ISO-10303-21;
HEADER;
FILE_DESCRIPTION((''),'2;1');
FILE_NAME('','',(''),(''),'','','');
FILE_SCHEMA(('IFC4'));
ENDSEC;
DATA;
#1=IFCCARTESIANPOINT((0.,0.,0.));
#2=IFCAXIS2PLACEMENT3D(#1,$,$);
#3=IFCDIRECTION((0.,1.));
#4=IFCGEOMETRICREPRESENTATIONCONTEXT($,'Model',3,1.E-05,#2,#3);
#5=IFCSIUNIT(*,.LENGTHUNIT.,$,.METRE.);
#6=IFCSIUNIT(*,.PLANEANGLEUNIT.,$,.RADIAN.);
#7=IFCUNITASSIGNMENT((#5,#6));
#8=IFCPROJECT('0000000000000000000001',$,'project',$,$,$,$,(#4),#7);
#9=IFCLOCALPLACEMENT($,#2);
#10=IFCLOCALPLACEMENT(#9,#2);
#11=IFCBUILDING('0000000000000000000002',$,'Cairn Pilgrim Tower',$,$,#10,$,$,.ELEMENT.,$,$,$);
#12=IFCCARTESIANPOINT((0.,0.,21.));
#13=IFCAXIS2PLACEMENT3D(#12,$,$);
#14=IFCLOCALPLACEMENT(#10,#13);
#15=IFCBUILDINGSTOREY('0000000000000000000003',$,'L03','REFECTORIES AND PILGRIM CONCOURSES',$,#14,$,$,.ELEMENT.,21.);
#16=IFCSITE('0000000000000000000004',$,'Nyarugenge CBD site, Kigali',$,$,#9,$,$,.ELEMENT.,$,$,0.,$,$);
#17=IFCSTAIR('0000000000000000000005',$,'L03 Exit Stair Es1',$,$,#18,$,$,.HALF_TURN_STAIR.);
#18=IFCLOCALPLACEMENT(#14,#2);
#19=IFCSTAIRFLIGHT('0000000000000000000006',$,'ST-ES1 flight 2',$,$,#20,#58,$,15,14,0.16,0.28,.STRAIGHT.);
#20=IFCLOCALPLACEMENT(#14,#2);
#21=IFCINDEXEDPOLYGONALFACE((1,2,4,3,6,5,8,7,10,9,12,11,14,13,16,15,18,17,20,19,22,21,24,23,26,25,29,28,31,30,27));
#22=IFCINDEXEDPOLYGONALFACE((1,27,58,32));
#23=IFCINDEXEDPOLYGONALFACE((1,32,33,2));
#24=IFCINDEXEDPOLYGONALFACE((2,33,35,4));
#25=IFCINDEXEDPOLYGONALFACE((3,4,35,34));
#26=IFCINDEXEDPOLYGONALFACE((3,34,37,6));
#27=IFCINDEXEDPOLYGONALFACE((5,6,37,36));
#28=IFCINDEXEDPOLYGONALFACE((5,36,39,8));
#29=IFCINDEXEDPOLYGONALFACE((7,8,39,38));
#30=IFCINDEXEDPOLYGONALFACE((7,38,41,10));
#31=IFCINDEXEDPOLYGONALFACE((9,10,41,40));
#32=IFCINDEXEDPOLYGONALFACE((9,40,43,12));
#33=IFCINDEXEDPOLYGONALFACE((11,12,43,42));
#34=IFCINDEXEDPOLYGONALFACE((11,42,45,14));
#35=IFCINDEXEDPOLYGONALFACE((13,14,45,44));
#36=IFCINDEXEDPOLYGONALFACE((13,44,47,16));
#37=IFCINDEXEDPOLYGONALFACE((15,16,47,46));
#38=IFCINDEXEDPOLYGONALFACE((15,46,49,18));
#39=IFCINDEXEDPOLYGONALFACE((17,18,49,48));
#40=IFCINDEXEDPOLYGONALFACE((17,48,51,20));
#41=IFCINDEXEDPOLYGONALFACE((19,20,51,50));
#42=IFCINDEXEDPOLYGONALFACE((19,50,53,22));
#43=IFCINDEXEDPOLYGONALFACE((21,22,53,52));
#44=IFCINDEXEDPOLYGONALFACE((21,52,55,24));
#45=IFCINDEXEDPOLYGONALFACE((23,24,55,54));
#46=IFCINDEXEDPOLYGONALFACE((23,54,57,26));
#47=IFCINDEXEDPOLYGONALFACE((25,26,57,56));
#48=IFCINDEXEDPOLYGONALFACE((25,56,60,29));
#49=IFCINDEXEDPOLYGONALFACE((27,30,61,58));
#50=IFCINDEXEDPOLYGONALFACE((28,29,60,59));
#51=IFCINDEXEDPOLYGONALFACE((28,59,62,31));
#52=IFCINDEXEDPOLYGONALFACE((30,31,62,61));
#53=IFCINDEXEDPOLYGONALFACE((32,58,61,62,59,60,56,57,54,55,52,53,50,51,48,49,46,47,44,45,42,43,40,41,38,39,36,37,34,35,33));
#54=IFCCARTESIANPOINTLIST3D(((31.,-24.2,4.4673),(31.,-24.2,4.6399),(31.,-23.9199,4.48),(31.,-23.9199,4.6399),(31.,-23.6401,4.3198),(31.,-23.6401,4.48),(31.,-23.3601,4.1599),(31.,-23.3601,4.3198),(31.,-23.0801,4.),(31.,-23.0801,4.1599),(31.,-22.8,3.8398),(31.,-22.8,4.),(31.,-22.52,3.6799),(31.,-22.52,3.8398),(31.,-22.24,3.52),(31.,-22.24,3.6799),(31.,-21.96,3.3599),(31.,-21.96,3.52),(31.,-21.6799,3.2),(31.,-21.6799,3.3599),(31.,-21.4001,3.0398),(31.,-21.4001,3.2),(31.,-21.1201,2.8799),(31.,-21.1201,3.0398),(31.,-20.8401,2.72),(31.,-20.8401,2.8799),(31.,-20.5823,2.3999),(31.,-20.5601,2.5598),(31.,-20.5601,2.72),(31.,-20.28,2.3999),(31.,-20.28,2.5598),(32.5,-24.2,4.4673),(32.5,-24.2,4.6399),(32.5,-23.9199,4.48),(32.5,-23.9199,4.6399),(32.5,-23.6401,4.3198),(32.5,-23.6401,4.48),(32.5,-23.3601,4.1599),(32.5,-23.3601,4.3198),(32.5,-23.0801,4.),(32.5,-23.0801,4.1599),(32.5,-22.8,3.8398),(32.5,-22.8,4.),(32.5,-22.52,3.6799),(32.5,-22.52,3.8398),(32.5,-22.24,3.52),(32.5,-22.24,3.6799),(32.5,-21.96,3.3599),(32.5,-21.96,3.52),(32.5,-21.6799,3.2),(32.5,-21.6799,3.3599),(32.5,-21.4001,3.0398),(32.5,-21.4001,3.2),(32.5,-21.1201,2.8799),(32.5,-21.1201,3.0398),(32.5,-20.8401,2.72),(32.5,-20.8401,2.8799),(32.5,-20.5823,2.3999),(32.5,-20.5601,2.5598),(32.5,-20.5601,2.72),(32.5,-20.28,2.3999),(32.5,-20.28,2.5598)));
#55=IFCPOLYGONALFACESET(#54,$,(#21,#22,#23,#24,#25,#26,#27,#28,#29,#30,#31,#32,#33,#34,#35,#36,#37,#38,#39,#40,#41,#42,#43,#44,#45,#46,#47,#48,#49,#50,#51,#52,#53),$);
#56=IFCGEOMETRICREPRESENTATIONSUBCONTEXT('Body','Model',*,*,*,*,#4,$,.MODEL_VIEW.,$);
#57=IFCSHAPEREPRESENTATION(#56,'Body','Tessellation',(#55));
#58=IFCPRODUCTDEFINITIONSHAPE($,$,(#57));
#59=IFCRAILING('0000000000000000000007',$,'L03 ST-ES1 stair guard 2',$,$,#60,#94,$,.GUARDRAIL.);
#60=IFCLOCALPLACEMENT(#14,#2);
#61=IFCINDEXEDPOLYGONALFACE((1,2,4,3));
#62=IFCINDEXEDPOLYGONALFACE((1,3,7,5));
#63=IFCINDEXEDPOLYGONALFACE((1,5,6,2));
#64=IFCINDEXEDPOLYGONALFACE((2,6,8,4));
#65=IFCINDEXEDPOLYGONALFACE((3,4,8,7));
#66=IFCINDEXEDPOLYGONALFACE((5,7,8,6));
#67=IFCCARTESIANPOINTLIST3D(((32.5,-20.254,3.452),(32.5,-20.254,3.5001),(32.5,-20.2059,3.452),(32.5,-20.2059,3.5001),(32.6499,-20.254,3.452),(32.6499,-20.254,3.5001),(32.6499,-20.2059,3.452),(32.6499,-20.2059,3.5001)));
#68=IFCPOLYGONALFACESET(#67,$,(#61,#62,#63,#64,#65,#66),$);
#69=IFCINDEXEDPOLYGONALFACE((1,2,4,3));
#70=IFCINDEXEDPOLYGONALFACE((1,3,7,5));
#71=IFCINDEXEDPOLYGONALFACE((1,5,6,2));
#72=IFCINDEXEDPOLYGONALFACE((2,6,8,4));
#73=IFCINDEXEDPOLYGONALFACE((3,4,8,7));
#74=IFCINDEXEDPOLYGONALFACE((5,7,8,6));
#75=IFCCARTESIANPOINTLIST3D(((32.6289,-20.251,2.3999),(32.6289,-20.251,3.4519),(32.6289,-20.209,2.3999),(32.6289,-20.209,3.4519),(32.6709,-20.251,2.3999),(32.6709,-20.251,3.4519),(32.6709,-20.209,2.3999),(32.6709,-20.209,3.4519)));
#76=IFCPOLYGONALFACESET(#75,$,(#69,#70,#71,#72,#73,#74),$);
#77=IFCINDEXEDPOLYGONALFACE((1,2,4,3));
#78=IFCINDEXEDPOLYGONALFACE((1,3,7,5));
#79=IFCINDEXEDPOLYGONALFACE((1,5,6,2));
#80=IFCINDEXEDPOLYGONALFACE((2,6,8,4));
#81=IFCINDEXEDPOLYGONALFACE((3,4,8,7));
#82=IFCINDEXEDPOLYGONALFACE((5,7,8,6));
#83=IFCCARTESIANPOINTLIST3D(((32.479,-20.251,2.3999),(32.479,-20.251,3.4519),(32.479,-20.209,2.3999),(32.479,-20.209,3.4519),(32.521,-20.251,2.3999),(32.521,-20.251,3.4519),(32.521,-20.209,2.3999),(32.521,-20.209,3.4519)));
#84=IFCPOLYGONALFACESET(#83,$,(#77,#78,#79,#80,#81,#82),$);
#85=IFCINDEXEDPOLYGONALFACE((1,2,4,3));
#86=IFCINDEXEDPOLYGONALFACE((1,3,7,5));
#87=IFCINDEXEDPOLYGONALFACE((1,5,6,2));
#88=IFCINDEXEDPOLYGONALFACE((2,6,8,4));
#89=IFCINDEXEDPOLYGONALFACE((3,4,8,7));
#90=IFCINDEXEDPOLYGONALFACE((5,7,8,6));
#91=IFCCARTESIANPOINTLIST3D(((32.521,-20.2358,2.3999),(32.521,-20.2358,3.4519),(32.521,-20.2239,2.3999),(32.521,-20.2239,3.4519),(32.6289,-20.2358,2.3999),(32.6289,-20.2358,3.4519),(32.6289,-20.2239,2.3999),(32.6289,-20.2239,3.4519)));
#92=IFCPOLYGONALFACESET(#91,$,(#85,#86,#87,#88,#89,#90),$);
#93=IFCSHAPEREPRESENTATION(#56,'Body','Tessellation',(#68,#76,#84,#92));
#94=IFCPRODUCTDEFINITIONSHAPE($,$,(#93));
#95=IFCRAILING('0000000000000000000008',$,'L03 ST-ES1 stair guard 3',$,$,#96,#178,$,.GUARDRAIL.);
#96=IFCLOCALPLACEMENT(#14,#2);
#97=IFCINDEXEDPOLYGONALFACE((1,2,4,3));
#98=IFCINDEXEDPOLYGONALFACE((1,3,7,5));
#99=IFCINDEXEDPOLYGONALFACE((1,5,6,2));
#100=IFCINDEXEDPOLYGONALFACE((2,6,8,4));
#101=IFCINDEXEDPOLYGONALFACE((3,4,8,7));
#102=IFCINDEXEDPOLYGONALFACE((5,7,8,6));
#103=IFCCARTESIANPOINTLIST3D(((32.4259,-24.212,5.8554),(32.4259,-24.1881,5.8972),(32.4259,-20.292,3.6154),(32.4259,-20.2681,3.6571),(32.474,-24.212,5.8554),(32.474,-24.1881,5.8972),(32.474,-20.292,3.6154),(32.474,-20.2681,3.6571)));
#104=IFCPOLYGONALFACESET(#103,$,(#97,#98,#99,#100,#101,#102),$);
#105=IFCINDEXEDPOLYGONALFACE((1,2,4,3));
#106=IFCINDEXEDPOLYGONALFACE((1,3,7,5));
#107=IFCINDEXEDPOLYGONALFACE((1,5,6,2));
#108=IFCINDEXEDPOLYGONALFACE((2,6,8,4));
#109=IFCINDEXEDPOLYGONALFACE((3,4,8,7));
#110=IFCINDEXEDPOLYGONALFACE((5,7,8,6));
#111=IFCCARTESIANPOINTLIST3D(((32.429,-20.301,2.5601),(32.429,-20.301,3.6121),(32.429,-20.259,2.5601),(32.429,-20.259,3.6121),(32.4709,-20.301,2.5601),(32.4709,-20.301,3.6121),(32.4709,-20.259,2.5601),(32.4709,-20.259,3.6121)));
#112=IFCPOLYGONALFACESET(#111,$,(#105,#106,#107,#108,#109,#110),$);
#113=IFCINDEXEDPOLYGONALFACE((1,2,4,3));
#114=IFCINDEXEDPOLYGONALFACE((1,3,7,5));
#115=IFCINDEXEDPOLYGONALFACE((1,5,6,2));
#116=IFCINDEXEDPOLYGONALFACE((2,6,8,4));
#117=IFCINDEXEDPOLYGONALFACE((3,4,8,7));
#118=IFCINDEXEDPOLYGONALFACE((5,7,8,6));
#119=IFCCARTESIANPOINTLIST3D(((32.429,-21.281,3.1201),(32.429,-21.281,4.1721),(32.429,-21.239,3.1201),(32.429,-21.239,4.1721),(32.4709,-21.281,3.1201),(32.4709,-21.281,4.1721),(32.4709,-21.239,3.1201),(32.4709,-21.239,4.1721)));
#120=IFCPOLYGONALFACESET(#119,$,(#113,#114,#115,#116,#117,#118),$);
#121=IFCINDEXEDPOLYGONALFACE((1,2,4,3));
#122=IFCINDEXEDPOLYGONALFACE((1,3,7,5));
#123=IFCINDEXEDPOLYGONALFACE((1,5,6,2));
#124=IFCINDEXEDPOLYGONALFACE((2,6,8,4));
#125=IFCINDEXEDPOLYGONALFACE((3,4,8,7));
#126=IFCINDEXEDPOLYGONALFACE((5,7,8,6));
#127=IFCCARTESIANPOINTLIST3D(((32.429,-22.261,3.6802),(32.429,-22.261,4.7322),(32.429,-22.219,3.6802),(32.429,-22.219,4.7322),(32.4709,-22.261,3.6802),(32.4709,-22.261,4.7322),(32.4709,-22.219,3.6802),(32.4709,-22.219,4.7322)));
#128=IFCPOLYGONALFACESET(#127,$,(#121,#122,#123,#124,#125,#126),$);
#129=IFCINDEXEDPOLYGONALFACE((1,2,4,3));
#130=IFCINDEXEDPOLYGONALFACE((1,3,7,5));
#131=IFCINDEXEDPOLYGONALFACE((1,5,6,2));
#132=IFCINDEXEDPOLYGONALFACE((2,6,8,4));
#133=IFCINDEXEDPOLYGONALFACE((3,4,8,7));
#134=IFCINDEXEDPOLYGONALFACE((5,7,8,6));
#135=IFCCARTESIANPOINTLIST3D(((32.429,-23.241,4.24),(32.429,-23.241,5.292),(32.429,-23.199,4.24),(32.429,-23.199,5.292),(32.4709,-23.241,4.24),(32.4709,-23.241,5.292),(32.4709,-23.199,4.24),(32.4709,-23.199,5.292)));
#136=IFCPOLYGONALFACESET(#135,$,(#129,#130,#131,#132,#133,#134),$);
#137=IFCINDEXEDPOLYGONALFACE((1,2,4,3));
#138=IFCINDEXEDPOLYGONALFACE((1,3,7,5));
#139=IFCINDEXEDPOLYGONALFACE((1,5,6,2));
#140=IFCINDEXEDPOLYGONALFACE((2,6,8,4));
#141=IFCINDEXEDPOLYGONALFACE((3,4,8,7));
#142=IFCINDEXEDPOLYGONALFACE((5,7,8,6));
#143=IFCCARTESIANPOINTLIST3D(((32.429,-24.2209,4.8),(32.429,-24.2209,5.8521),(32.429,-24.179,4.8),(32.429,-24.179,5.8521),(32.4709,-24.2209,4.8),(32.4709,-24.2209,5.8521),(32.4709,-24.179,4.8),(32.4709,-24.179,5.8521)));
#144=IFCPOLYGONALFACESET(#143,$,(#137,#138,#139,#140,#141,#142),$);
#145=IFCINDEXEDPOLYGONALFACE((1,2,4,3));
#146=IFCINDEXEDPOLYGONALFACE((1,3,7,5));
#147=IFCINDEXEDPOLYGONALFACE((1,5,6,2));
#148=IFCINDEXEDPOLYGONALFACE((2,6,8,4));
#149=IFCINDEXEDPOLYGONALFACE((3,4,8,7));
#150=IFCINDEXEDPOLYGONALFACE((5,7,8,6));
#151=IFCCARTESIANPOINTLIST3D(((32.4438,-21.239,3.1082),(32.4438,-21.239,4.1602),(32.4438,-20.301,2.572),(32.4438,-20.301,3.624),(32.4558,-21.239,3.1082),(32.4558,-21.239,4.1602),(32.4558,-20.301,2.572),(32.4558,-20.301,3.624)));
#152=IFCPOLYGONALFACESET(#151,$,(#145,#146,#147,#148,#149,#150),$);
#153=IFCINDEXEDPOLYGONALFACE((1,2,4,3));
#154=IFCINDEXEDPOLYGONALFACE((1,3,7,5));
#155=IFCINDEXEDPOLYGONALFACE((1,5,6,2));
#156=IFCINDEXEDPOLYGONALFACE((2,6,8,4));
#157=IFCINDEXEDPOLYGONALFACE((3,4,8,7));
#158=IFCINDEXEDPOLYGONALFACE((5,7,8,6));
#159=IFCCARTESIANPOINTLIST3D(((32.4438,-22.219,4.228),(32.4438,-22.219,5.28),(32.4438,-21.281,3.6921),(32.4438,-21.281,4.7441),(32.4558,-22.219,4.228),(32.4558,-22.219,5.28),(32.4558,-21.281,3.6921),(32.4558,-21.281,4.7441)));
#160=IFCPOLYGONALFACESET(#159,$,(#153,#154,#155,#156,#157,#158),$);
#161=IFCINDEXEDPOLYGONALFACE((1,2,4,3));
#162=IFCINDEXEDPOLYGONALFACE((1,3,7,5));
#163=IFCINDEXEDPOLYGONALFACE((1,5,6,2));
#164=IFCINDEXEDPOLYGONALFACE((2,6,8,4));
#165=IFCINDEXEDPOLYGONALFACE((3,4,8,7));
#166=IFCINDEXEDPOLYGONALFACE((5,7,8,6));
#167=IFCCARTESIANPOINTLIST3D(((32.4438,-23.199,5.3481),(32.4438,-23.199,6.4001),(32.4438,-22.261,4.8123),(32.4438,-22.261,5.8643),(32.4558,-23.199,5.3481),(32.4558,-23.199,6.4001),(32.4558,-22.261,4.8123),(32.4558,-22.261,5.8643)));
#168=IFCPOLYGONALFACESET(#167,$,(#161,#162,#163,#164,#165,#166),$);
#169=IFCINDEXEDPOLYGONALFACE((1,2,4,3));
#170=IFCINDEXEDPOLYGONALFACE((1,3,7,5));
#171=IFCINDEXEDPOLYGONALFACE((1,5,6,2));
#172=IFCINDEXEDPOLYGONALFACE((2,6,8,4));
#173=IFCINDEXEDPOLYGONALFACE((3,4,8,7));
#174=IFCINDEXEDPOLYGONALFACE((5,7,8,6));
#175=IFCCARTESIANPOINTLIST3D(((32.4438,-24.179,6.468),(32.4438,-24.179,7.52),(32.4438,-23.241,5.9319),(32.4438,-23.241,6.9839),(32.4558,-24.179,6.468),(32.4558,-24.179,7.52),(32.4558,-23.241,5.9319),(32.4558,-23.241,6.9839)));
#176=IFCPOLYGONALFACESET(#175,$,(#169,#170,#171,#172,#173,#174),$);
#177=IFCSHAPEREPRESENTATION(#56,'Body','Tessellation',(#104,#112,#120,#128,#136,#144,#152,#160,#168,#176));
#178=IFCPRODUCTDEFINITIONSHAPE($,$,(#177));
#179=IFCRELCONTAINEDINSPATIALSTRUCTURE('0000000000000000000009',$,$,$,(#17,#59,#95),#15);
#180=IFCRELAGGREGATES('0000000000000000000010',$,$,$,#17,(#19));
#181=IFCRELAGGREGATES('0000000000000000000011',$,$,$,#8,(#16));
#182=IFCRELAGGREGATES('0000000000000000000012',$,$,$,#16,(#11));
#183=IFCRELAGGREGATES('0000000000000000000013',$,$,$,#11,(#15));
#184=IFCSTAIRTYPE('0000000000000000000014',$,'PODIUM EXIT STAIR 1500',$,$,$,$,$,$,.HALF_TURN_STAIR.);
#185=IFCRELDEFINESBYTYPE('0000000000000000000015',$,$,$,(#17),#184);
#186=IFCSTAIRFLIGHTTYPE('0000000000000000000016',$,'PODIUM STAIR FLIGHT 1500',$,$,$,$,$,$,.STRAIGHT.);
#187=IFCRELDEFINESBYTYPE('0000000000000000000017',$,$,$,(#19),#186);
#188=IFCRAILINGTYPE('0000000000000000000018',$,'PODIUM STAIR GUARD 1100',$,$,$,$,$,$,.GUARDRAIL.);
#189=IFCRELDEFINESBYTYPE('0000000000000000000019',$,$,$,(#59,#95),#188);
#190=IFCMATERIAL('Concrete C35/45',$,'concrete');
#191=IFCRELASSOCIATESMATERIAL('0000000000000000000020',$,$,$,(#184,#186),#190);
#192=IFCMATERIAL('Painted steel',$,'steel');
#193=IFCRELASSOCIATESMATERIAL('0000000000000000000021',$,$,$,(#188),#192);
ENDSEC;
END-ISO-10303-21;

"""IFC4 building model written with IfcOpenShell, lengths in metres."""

from ifc_helpers import new_model, si_unit, direction, frame, origin, origin_2d, place, context, subcontext, project, spatial, polyline, rectangle, outline, extrude, material, type_object, element, aggregate, save


model = new_model("IFC4")

# Units and contexts
model_context = context("Model", 3, precision=1e-05, world=origin(), true_north=direction((0.0, 1.0)))
body_context = subcontext(model_context, "Body", "Model", "MODEL_VIEW")
ifc_project = project(units=[si_unit("LENGTHUNIT", "METRE"), si_unit("PLANEANGLEUNIT", "RADIAN")], contexts=[model_context])

# Site, building, storey
site_placement = place(None, origin())
site = spatial("IfcSite", under=ifc_project, at=site_placement, Name="Nyarugenge CBD site, Kigali", CompositionType="ELEMENT", RefElevation=0.0)
building_placement = place(site_placement, origin())
building = spatial("IfcBuilding", under=site, at=building_placement, Name="Cairn Pilgrim Tower", CompositionType="ELEMENT")
storey_placement = place(building_placement, frame((0.0, 0.0, 21.0)))
storey = spatial("IfcBuildingStorey", under=building, at=storey_placement, Name="L03", Description="REFECTORIES AND PILGRIM CONCOURSES", CompositionType="ELEMENT", Elevation=21.0)

# Shared definitions
ifc_material_1 = material(Name="Concrete C35/45", Category="concrete")

# Stair, stair flight
stair_type = type_object("IfcStairType", Name="PODIUM EXIT STAIR 1500", PredefinedType="HALF_TURN_STAIR", material=ifc_material_1)
stair_placement = place(storey_placement, origin())
stair = element("IfcStair", 1, at=stair_placement, inside=storey, type_object=stair_type, Name="L03 Exit Stair Es1", PredefinedType="HALF_TURN_STAIR")
stair_flight_type = type_object("IfcStairFlightType", Name="PODIUM STAIR FLIGHT 1500", PredefinedType="STRAIGHT", material=ifc_material_1)
stair_flight_placement = place(storey_placement, frame((31.75, -20.28, 2.3999), z_axis=(0.0, 0.0, 1.0), x_axis=(0.0, -1.0, 0.0)))
stair_flight = element("IfcStairFlight", 2, at=stair_flight_placement, type_object=stair_flight_type, Name="ST-ES1 flight 2", NumberOfRisers=15, NumberOfTreads=14, PredefinedType="STRAIGHT", RiserHeight=0.16, TreadLength=0.28, context=body_context, shape_type="SweptSolid", body=[
    extrude(outline(polyline([(0.0, 0.0), (0.0, 0.1599), (0.28, 0.1599), (0.28, 0.3201), (0.5601, 0.3201), (0.5601, 0.48), (0.8401, 0.48), (0.8401, 0.6399), (1.1201, 0.6399), (1.1201, 0.8), (1.3999, 0.8), (1.3999, 0.96), (1.6799, 0.96), (1.6799, 1.1201), (1.96, 1.1201), (1.96, 1.28), (2.24, 1.28), (2.24, 1.4399), (2.52, 1.4399), (2.52, 1.6001), (2.8, 1.6001), (2.8, 1.76), (3.0801, 1.76), (3.0801, 1.9199), (3.3601, 1.9199), (3.3601, 2.0801), (3.6399, 2.0801), (3.6399, 2.24), (3.9199, 2.24), (3.9199, 2.3999), (3.9199, 2.0674), (0.3022, 0.0), (0.0, 0.0)])), frame((0.0, 0.75, 0.0), z_axis=(0.0, -1.0, 0.0), x_axis=(1.0, 0.0, 0.0)), (0.0, 0.0, 1.0), 1.5),
])
aggregate(stair, [stair_flight])

# Railings
ifc_material_2 = material(Name="Painted steel", Category="steel")
railing_type_1 = type_object("IfcRailingType", Name="PODIUM STAIR GUARD 1100", PredefinedType="GUARDRAIL", material=ifc_material_2)
railing_1_placement = place(storey_placement, frame((32.6499, -20.23, 2.3999)))
element("IfcRailing", 3, at=railing_1_placement, inside=storey, type_object=railing_type_1, Name="L03 ST-ES1 stair guard 2", PredefinedType="GUARDRAIL", context=body_context, shape_type="SweptSolid", body=[
    extrude(rectangle(XDim=0.0481, YDim=0.0481, at=origin_2d()), frame((0.0, 0.0, 1.0762), z_axis=(-1.0, 0.0, 0.0), x_axis=(0.0, -1.0, 0.0)), (0.0, 0.0, 1.0), 0.1499),
    extrude(rectangle(XDim=0.042, YDim=0.042, at=origin_2d()), origin(), (0.0, 0.0, 1.0), 1.052),
    extrude(rectangle(XDim=0.042, YDim=0.042, at=origin_2d()), frame((-0.1499, 0.0, 0.0)), (0.0, 0.0, 1.0), 1.052),
    extrude(outline(polyline([(0.021, 0.0), (0.1289, 0.0), (0.1289, 1.052), (0.021, 1.052), (0.021, 0.0)])), frame((0.0, -0.0059, 0.0), z_axis=(0.0, 1.0, 0.0), x_axis=(-1.0, 0.0, 0.0)), (0.0, 0.0, 1.0), 0.012),
])
railing_2_placement = place(storey_placement, frame((32.45, -20.28, 2.5601)))
element("IfcRailing", 4, at=railing_2_placement, inside=storey, type_object=railing_type_1, Name="L03 ST-ES1 stair guard 3", PredefinedType="GUARDRAIL", context=body_context, shape_type="SweptSolid", body=[
    extrude(rectangle(XDim=0.0481, YDim=0.0481, at=origin_2d()), frame((0.0, 0.0, 1.0762), z_axis=(0.0, -0.86824, 0.496145), x_axis=(1.0, 0.0, 0.0)), (0.0, 0.0, 1.0), 4.5149),
    extrude(rectangle(XDim=0.042, YDim=0.042, at=origin_2d()), origin(), (0.0, 0.0, 1.0), 1.052),
    extrude(rectangle(XDim=0.042, YDim=0.042, at=origin_2d()), frame((0.0, -0.98, 0.5601)), (0.0, 0.0, 1.0), 1.052),
    extrude(rectangle(XDim=0.042, YDim=0.042, at=origin_2d()), frame((0.0, -1.96, 1.1201)), (0.0, 0.0, 1.0), 1.052),
    extrude(rectangle(XDim=0.042, YDim=0.042, at=origin_2d()), frame((0.0, -2.9399, 1.6799)), (0.0, 0.0, 1.0), 1.052),
    extrude(rectangle(XDim=0.042, YDim=0.042, at=origin_2d()), frame((0.0, -3.9199, 2.24)), (0.0, 0.0, 1.0), 1.052),
    extrude(outline(polyline([(0.021, 0.012), (0.959, 0.5481), (0.959, 1.6001), (0.021, 1.064), (0.021, 0.012)])), frame((0.0059, 0.0, 0.0), z_axis=(-1.0, 0.0, 0.0), x_axis=(0.0, -1.0, 0.0)), (0.0, 0.0, 1.0), 0.012),
    extrude(outline(polyline([(0.021, 0.572), (0.959, 1.1079), (0.959, 2.1599), (0.021, 1.624), (0.021, 0.572)])), frame((0.0059, -0.98, 0.5601), z_axis=(-1.0, 0.0, 0.0), x_axis=(0.0, -1.0, 0.0)), (0.0, 0.0, 1.0), 0.012),
    extrude(outline(polyline([(0.021, 1.1321), (0.959, 1.668), (0.959, 2.72), (0.021, 2.1841), (0.021, 1.1321)])), frame((0.0059, -1.96, 1.1201), z_axis=(-1.0, 0.0, 0.0), x_axis=(0.0, -1.0, 0.0)), (0.0, 0.0, 1.0), 0.012),
    extrude(outline(polyline([(0.021, 1.6919), (0.959, 2.228), (0.959, 3.28), (0.021, 2.7439), (0.021, 1.6919)])), frame((0.0059, -2.9399, 1.6799), z_axis=(-1.0, 0.0, 0.0), x_axis=(0.0, -1.0, 0.0)), (0.0, 0.0, 1.0), 0.012),
])

save(model, "model.ifc")
